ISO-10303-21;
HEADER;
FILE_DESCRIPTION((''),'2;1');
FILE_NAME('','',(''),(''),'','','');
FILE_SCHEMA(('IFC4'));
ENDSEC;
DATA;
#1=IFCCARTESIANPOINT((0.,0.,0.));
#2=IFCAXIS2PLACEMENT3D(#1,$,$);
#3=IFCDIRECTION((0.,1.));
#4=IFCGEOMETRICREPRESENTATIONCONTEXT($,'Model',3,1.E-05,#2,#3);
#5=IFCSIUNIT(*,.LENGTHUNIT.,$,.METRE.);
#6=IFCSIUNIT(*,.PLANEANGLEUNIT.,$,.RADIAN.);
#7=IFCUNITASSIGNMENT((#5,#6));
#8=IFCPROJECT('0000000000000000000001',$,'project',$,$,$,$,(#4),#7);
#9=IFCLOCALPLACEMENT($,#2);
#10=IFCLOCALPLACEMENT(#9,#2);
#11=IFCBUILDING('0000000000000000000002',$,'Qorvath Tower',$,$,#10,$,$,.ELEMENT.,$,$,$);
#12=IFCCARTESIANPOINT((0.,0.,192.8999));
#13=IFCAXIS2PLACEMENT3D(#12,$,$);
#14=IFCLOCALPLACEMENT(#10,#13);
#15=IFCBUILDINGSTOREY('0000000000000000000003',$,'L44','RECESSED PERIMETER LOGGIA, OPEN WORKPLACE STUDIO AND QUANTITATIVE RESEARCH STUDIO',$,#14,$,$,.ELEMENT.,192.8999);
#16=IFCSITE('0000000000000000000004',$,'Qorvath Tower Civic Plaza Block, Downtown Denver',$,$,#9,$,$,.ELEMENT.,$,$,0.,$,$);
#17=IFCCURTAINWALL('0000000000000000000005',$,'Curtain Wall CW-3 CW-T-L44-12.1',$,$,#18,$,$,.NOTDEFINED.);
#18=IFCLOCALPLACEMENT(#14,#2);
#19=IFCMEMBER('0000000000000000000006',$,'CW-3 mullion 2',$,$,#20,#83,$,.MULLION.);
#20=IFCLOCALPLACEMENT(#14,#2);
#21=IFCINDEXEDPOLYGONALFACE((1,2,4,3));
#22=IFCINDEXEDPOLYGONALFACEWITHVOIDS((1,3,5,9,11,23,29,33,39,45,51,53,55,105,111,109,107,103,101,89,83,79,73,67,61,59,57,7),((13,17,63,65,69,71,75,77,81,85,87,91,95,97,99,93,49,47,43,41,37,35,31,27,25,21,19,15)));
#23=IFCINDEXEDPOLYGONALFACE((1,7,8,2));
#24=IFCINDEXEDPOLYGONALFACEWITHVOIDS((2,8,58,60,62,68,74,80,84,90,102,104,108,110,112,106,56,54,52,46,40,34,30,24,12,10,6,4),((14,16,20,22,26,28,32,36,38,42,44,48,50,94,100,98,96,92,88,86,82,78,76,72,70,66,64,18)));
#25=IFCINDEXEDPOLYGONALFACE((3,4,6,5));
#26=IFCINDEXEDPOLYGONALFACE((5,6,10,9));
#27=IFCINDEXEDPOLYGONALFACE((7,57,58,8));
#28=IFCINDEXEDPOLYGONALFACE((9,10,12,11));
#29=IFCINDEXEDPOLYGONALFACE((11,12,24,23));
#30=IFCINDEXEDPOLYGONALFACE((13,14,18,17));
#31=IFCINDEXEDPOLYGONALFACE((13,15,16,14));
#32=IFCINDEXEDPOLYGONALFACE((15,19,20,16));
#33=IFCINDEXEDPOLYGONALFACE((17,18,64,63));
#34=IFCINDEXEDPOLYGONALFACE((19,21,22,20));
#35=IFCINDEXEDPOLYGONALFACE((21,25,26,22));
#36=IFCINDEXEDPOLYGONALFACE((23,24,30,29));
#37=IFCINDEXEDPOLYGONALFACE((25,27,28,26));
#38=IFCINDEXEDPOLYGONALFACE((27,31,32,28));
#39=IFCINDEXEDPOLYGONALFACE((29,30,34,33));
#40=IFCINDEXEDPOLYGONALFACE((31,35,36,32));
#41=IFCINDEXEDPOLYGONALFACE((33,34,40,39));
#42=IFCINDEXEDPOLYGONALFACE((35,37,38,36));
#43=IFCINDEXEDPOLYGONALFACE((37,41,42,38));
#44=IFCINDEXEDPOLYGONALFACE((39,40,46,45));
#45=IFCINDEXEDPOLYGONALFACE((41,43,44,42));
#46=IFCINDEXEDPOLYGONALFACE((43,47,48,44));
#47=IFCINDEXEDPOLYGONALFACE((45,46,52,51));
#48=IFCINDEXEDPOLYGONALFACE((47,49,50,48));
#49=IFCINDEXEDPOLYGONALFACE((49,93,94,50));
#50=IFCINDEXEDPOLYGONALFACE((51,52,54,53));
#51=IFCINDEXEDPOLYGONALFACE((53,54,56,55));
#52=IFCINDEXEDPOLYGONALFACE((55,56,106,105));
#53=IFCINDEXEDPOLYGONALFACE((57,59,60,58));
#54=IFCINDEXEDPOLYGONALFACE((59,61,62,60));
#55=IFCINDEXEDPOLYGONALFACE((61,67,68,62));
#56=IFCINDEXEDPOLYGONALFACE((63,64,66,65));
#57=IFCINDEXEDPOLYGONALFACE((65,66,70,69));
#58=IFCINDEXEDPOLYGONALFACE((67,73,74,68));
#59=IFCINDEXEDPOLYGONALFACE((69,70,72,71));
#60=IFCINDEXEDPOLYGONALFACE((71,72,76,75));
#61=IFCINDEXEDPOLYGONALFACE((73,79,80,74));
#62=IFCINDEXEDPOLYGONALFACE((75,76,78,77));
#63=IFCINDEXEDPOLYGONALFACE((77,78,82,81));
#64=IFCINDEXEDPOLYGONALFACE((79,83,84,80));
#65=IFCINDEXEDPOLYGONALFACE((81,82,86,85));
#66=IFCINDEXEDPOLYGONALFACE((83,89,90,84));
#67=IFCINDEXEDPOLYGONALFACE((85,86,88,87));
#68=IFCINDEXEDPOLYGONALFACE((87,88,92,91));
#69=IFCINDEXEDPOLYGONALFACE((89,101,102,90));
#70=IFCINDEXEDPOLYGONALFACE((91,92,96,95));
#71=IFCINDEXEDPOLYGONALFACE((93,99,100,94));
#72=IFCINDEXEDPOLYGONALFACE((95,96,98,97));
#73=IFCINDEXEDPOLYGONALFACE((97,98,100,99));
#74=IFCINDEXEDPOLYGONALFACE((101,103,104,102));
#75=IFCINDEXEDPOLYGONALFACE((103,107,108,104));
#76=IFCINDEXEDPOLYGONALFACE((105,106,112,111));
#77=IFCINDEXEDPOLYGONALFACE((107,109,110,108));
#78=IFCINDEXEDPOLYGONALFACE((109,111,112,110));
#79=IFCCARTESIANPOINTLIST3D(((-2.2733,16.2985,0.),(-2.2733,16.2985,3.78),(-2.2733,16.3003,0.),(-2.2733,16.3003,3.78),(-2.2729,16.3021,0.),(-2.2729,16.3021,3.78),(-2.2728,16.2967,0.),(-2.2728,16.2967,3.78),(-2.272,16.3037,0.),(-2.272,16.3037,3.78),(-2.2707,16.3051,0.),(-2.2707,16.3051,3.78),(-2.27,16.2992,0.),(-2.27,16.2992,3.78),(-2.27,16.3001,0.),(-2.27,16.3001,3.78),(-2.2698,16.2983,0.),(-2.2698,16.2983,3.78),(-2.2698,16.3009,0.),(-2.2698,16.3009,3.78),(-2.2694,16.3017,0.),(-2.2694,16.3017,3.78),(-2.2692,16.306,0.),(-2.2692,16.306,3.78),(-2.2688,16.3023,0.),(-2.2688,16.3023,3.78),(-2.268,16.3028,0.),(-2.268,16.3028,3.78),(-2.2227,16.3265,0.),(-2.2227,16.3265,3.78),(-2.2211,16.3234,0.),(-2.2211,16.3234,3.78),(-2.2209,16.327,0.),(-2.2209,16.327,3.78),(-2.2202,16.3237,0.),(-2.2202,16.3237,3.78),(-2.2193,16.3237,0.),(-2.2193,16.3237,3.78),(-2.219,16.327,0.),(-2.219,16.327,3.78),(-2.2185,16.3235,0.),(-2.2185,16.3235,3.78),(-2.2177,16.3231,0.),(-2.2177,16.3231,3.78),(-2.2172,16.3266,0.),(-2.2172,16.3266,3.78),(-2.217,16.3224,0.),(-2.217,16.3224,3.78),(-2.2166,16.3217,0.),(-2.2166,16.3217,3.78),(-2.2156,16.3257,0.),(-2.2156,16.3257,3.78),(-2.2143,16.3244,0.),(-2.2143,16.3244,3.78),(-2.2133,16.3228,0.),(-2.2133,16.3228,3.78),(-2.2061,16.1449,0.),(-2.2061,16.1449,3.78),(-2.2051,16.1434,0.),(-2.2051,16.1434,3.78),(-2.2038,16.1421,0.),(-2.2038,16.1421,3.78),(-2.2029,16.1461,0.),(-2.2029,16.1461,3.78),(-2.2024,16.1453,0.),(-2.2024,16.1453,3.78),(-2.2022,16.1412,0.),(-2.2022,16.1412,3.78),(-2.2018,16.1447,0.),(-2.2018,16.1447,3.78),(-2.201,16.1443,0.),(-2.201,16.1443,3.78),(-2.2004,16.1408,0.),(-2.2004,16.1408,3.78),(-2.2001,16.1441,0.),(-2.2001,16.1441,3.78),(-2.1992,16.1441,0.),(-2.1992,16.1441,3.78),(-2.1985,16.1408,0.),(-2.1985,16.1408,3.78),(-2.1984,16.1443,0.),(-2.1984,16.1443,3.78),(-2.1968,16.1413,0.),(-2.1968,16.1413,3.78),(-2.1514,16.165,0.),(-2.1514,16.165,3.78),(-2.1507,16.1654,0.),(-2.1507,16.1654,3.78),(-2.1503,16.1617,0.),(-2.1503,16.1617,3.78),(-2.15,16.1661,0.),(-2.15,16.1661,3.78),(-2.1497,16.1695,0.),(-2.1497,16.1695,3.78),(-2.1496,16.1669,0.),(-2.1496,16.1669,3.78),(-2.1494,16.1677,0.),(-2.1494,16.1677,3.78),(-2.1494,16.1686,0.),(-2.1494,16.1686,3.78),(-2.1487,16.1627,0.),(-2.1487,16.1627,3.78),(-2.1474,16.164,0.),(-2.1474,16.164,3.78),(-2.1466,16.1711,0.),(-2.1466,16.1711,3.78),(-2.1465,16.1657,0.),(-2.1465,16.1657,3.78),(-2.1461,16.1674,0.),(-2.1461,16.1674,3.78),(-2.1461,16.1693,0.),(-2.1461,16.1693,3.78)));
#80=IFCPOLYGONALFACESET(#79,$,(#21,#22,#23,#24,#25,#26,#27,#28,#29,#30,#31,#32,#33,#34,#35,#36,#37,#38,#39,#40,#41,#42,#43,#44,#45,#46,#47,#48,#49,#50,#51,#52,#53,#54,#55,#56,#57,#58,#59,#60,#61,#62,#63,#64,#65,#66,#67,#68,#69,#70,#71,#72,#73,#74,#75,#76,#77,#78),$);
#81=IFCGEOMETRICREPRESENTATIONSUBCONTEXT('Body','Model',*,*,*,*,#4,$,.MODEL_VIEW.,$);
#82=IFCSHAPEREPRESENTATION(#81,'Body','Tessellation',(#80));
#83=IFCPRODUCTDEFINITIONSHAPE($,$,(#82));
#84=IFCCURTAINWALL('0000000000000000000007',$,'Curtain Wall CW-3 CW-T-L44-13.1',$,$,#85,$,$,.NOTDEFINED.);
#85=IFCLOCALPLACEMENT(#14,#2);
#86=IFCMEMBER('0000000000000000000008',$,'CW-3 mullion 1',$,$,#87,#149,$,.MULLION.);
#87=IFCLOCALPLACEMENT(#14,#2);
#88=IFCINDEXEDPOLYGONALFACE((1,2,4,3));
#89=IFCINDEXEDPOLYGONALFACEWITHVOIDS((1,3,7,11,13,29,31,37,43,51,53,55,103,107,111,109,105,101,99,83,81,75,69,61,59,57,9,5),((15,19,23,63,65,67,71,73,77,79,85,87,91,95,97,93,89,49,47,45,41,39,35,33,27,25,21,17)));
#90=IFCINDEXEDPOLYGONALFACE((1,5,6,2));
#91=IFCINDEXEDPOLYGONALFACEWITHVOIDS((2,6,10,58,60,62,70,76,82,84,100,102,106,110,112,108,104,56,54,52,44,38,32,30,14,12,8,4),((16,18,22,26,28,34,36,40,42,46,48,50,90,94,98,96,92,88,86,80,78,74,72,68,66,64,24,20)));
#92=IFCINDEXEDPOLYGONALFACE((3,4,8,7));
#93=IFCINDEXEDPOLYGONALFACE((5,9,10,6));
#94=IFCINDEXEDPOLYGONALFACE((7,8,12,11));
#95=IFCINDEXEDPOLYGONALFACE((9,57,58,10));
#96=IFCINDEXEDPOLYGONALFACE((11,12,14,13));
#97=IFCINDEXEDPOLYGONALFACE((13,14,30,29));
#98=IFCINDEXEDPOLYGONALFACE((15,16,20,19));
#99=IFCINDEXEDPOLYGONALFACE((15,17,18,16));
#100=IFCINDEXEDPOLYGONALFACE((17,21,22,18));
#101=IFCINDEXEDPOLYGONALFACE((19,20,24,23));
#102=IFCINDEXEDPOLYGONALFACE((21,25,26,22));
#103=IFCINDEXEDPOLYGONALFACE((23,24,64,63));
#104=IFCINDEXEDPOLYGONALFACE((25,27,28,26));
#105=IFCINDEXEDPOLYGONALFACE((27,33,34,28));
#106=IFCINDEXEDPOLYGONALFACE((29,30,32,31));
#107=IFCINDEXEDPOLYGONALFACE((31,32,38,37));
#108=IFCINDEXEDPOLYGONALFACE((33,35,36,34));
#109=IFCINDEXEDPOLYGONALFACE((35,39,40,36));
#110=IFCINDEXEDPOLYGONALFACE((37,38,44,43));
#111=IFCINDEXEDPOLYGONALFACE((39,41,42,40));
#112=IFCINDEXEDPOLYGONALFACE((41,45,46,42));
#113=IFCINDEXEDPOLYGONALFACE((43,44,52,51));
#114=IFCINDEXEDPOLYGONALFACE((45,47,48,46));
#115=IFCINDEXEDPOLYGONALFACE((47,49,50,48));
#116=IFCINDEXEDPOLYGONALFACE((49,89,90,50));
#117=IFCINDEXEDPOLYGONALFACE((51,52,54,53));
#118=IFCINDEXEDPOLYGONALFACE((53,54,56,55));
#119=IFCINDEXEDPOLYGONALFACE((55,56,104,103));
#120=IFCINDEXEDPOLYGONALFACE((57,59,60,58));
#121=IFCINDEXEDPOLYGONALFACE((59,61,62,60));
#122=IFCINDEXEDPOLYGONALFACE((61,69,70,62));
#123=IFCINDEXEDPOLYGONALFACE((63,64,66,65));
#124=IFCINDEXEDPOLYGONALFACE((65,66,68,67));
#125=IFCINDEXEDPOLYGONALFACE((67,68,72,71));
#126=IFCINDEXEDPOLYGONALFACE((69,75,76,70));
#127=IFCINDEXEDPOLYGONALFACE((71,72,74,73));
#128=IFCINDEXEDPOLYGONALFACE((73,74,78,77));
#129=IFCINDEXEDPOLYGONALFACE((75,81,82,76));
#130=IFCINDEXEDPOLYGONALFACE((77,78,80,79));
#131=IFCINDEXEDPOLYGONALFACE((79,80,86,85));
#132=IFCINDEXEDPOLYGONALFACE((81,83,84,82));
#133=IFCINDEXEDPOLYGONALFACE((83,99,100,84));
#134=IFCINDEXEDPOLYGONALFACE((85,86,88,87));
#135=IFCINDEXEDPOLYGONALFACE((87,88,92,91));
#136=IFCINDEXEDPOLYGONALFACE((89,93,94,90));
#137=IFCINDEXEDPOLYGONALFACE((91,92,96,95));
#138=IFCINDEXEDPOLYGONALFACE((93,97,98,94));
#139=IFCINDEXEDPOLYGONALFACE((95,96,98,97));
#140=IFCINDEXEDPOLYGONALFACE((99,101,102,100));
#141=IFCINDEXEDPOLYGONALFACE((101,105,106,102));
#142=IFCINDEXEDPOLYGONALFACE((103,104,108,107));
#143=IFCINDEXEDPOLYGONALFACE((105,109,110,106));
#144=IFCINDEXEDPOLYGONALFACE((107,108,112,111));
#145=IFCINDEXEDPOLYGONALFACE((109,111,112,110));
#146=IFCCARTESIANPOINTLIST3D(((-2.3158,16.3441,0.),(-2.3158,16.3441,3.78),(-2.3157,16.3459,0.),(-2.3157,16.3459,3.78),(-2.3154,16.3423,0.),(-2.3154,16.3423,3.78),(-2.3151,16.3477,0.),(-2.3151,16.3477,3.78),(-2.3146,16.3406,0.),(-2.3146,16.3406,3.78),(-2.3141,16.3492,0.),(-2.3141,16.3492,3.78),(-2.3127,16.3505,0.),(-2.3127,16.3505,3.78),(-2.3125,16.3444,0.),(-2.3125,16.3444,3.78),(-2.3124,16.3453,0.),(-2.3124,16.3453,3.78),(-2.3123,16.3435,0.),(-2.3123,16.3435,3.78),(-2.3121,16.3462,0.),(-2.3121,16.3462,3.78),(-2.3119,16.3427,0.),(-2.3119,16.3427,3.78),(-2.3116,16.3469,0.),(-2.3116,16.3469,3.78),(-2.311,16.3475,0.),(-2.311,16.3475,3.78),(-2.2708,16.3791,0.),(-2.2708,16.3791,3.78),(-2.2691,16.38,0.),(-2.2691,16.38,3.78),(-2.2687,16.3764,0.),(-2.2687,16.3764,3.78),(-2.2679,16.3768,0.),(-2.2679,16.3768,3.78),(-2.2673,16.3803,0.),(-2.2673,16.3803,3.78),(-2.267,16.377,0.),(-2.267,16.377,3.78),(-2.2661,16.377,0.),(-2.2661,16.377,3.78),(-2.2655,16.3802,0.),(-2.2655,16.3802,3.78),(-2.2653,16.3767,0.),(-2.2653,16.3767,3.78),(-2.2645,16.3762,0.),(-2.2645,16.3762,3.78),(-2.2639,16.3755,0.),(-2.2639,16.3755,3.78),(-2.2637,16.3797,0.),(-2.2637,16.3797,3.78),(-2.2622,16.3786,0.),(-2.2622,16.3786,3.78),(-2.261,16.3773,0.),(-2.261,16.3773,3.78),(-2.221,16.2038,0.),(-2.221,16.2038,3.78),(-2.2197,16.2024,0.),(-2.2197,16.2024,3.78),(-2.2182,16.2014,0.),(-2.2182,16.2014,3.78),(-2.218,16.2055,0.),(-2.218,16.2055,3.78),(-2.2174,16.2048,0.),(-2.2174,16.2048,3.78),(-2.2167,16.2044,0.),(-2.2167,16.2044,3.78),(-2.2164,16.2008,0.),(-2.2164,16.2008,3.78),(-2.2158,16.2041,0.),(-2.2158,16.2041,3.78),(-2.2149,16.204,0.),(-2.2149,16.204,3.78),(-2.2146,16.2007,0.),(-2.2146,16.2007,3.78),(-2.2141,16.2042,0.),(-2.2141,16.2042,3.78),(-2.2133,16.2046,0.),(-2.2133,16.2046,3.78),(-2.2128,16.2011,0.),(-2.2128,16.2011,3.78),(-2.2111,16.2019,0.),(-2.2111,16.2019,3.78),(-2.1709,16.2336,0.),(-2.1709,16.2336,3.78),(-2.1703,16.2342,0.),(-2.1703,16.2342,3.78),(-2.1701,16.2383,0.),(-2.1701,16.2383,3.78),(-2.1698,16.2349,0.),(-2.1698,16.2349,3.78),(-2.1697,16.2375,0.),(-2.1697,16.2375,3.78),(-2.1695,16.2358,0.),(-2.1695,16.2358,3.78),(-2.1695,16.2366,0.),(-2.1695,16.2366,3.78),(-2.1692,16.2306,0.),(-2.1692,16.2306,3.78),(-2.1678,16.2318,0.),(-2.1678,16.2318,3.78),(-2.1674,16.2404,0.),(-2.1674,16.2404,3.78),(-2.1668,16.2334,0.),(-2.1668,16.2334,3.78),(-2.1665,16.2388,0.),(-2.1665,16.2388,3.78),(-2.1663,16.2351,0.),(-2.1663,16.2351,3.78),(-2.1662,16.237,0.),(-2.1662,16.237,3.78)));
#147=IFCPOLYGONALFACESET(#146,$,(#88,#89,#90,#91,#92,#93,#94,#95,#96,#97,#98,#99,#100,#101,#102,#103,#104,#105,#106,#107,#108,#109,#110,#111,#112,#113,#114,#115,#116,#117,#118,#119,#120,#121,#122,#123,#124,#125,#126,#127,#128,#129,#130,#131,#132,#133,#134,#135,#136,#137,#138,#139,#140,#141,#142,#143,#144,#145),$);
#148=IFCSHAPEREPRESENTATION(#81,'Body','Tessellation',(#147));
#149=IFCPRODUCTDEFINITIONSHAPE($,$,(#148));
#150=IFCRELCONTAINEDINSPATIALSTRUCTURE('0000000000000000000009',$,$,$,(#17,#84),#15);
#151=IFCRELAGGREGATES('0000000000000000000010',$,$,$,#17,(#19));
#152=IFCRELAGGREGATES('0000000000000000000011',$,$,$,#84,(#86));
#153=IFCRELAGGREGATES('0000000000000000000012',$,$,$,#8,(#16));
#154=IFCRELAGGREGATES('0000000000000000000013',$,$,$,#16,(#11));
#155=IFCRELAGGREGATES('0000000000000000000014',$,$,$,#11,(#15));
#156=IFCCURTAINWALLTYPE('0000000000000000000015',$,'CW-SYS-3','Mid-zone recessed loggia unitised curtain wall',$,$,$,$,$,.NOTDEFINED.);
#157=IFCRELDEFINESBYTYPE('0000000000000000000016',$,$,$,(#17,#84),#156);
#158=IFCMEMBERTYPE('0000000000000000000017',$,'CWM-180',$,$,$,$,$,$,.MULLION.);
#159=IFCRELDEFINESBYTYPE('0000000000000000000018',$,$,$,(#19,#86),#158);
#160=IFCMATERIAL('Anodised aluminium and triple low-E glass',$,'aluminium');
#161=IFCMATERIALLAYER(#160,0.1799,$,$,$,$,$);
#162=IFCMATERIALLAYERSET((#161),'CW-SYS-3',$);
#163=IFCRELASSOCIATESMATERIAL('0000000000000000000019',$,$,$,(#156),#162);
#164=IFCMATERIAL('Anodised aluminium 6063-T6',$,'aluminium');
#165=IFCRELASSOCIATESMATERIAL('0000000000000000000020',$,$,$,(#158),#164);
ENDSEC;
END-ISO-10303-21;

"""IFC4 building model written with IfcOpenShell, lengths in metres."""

from ifc_helpers import new_model, si_unit, direction, frame, origin, origin_2d, place, context, subcontext, project, spatial, hollow_rectangle, extrude, material, layer, layer_set, material_profile, profile_set, type_object, element, aggregate, save


model = new_model("IFC4")

# Units and contexts
model_context = context("Model", 3, precision=1e-05, world=origin(), true_north=direction((0.0, 1.0)))
body_context = subcontext(model_context, "Body", "Model", "MODEL_VIEW")
ifc_project = project(units=[si_unit("LENGTHUNIT", "METRE"), si_unit("PLANEANGLEUNIT", "RADIAN")], contexts=[model_context])

# Site, building, storey
site_placement = place(None, origin())
site = spatial("IfcSite", under=ifc_project, at=site_placement, Name="Qorvath Tower Civic Plaza Block, Downtown Denver", CompositionType="ELEMENT", RefElevation=0.0)
building_placement = place(site_placement, origin())
building = spatial("IfcBuilding", under=site, at=building_placement, Name="Qorvath Tower", CompositionType="ELEMENT")
storey_placement = place(building_placement, frame((0.0, 0.0, 192.8999)))
storey = spatial("IfcBuildingStorey", under=building, at=storey_placement, Name="L44", Description="RECESSED PERIMETER LOGGIA, OPEN WORKPLACE STUDIO AND QUANTITATIVE RESEARCH STUDIO", CompositionType="ELEMENT", Elevation=192.8999)

# Shared definitions
ifc_material_1 = material(Name="Anodised aluminium and triple low-E glass", Category="aluminium")
ifc_layer_1 = layer(ifc_material_1, 0.1799)
ifc_layer_set_1 = layer_set([ifc_layer_1], Name="CW-SYS-3")
curtain_wall_type = type_object("IfcCurtainWallType", Name="CW-SYS-3", Description="Mid-zone recessed loggia unitised curtain wall", PredefinedType="NOTDEFINED", material=ifc_layer_set_1)
ifc_material_2 = material(Name="Anodised aluminium 6063-T6", Category="aluminium")
ifc_material_profile_1 = material_profile(ifc_material_2, hollow_rectangle(XDim=0.0649, YDim=0.1799, WallThickness=0.0034, InnerFilletRadius=0.0034, OuterFilletRadius=0.0071, at=origin_2d()), Name="CWM 180x65")
ifc_profile_set_1 = profile_set([ifc_material_profile_1], Name="Anodised aluminium 6063-T6")
member_type_1 = type_object("IfcMemberType", Name="CWM-180", PredefinedType="MULLION", material=ifc_profile_set_1)

# Curtain walls, members
curtain_wall_1_placement = place(storey_placement, origin())
curtain_wall_1 = element("IfcCurtainWall", 1, at=curtain_wall_1_placement, inside=storey, type_object=curtain_wall_type, Name="Curtain Wall CW-3 CW-T-L44-12.1", PredefinedType="NOTDEFINED")
member_1_placement = place(storey_placement, frame((-2.2097, 16.2339, 0.0), z_axis=(0.0, 0.0, 1.0), x_axis=(-0.915499, -0.402321, 0.0)))
member_1 = element("IfcMember", 2, at=member_1_placement, type_object=member_type_1, Name="CW-3 mullion 2", PredefinedType="MULLION", context=body_context, shape_type="SweptSolid", body=[
    extrude(hollow_rectangle(XDim=0.0649, YDim=0.1799, WallThickness=0.0034, InnerFilletRadius=0.0034, OuterFilletRadius=0.0071, at=origin_2d()), origin(), (0.0, 0.0, 1.0), 3.78),
])
curtain_wall_2_placement = place(storey_placement, origin())
curtain_wall_2 = element("IfcCurtainWall", 3, at=curtain_wall_2_placement, inside=storey, type_object=curtain_wall_type, Name="Curtain Wall CW-3 CW-T-L44-13.1", PredefinedType="NOTDEFINED")
member_2_placement = place(storey_placement, frame((-2.241, 16.2905, 0.0), z_axis=(0.0, 0.0, 1.0), x_axis=(-0.825425, -0.564512, 0.0)))
member_2 = element("IfcMember", 4, at=member_2_placement, type_object=member_type_1, Name="CW-3 mullion 1", PredefinedType="MULLION", context=body_context, shape_type="SweptSolid", body=[
    extrude(hollow_rectangle(XDim=0.0649, YDim=0.1799, WallThickness=0.0034, InnerFilletRadius=0.0034, OuterFilletRadius=0.0071, at=origin_2d()), origin(), (0.0, 0.0, 1.0), 3.78),
])

aggregate(curtain_wall_1, [member_1])
aggregate(curtain_wall_2, [member_2])

save(model, "model.ifc")
